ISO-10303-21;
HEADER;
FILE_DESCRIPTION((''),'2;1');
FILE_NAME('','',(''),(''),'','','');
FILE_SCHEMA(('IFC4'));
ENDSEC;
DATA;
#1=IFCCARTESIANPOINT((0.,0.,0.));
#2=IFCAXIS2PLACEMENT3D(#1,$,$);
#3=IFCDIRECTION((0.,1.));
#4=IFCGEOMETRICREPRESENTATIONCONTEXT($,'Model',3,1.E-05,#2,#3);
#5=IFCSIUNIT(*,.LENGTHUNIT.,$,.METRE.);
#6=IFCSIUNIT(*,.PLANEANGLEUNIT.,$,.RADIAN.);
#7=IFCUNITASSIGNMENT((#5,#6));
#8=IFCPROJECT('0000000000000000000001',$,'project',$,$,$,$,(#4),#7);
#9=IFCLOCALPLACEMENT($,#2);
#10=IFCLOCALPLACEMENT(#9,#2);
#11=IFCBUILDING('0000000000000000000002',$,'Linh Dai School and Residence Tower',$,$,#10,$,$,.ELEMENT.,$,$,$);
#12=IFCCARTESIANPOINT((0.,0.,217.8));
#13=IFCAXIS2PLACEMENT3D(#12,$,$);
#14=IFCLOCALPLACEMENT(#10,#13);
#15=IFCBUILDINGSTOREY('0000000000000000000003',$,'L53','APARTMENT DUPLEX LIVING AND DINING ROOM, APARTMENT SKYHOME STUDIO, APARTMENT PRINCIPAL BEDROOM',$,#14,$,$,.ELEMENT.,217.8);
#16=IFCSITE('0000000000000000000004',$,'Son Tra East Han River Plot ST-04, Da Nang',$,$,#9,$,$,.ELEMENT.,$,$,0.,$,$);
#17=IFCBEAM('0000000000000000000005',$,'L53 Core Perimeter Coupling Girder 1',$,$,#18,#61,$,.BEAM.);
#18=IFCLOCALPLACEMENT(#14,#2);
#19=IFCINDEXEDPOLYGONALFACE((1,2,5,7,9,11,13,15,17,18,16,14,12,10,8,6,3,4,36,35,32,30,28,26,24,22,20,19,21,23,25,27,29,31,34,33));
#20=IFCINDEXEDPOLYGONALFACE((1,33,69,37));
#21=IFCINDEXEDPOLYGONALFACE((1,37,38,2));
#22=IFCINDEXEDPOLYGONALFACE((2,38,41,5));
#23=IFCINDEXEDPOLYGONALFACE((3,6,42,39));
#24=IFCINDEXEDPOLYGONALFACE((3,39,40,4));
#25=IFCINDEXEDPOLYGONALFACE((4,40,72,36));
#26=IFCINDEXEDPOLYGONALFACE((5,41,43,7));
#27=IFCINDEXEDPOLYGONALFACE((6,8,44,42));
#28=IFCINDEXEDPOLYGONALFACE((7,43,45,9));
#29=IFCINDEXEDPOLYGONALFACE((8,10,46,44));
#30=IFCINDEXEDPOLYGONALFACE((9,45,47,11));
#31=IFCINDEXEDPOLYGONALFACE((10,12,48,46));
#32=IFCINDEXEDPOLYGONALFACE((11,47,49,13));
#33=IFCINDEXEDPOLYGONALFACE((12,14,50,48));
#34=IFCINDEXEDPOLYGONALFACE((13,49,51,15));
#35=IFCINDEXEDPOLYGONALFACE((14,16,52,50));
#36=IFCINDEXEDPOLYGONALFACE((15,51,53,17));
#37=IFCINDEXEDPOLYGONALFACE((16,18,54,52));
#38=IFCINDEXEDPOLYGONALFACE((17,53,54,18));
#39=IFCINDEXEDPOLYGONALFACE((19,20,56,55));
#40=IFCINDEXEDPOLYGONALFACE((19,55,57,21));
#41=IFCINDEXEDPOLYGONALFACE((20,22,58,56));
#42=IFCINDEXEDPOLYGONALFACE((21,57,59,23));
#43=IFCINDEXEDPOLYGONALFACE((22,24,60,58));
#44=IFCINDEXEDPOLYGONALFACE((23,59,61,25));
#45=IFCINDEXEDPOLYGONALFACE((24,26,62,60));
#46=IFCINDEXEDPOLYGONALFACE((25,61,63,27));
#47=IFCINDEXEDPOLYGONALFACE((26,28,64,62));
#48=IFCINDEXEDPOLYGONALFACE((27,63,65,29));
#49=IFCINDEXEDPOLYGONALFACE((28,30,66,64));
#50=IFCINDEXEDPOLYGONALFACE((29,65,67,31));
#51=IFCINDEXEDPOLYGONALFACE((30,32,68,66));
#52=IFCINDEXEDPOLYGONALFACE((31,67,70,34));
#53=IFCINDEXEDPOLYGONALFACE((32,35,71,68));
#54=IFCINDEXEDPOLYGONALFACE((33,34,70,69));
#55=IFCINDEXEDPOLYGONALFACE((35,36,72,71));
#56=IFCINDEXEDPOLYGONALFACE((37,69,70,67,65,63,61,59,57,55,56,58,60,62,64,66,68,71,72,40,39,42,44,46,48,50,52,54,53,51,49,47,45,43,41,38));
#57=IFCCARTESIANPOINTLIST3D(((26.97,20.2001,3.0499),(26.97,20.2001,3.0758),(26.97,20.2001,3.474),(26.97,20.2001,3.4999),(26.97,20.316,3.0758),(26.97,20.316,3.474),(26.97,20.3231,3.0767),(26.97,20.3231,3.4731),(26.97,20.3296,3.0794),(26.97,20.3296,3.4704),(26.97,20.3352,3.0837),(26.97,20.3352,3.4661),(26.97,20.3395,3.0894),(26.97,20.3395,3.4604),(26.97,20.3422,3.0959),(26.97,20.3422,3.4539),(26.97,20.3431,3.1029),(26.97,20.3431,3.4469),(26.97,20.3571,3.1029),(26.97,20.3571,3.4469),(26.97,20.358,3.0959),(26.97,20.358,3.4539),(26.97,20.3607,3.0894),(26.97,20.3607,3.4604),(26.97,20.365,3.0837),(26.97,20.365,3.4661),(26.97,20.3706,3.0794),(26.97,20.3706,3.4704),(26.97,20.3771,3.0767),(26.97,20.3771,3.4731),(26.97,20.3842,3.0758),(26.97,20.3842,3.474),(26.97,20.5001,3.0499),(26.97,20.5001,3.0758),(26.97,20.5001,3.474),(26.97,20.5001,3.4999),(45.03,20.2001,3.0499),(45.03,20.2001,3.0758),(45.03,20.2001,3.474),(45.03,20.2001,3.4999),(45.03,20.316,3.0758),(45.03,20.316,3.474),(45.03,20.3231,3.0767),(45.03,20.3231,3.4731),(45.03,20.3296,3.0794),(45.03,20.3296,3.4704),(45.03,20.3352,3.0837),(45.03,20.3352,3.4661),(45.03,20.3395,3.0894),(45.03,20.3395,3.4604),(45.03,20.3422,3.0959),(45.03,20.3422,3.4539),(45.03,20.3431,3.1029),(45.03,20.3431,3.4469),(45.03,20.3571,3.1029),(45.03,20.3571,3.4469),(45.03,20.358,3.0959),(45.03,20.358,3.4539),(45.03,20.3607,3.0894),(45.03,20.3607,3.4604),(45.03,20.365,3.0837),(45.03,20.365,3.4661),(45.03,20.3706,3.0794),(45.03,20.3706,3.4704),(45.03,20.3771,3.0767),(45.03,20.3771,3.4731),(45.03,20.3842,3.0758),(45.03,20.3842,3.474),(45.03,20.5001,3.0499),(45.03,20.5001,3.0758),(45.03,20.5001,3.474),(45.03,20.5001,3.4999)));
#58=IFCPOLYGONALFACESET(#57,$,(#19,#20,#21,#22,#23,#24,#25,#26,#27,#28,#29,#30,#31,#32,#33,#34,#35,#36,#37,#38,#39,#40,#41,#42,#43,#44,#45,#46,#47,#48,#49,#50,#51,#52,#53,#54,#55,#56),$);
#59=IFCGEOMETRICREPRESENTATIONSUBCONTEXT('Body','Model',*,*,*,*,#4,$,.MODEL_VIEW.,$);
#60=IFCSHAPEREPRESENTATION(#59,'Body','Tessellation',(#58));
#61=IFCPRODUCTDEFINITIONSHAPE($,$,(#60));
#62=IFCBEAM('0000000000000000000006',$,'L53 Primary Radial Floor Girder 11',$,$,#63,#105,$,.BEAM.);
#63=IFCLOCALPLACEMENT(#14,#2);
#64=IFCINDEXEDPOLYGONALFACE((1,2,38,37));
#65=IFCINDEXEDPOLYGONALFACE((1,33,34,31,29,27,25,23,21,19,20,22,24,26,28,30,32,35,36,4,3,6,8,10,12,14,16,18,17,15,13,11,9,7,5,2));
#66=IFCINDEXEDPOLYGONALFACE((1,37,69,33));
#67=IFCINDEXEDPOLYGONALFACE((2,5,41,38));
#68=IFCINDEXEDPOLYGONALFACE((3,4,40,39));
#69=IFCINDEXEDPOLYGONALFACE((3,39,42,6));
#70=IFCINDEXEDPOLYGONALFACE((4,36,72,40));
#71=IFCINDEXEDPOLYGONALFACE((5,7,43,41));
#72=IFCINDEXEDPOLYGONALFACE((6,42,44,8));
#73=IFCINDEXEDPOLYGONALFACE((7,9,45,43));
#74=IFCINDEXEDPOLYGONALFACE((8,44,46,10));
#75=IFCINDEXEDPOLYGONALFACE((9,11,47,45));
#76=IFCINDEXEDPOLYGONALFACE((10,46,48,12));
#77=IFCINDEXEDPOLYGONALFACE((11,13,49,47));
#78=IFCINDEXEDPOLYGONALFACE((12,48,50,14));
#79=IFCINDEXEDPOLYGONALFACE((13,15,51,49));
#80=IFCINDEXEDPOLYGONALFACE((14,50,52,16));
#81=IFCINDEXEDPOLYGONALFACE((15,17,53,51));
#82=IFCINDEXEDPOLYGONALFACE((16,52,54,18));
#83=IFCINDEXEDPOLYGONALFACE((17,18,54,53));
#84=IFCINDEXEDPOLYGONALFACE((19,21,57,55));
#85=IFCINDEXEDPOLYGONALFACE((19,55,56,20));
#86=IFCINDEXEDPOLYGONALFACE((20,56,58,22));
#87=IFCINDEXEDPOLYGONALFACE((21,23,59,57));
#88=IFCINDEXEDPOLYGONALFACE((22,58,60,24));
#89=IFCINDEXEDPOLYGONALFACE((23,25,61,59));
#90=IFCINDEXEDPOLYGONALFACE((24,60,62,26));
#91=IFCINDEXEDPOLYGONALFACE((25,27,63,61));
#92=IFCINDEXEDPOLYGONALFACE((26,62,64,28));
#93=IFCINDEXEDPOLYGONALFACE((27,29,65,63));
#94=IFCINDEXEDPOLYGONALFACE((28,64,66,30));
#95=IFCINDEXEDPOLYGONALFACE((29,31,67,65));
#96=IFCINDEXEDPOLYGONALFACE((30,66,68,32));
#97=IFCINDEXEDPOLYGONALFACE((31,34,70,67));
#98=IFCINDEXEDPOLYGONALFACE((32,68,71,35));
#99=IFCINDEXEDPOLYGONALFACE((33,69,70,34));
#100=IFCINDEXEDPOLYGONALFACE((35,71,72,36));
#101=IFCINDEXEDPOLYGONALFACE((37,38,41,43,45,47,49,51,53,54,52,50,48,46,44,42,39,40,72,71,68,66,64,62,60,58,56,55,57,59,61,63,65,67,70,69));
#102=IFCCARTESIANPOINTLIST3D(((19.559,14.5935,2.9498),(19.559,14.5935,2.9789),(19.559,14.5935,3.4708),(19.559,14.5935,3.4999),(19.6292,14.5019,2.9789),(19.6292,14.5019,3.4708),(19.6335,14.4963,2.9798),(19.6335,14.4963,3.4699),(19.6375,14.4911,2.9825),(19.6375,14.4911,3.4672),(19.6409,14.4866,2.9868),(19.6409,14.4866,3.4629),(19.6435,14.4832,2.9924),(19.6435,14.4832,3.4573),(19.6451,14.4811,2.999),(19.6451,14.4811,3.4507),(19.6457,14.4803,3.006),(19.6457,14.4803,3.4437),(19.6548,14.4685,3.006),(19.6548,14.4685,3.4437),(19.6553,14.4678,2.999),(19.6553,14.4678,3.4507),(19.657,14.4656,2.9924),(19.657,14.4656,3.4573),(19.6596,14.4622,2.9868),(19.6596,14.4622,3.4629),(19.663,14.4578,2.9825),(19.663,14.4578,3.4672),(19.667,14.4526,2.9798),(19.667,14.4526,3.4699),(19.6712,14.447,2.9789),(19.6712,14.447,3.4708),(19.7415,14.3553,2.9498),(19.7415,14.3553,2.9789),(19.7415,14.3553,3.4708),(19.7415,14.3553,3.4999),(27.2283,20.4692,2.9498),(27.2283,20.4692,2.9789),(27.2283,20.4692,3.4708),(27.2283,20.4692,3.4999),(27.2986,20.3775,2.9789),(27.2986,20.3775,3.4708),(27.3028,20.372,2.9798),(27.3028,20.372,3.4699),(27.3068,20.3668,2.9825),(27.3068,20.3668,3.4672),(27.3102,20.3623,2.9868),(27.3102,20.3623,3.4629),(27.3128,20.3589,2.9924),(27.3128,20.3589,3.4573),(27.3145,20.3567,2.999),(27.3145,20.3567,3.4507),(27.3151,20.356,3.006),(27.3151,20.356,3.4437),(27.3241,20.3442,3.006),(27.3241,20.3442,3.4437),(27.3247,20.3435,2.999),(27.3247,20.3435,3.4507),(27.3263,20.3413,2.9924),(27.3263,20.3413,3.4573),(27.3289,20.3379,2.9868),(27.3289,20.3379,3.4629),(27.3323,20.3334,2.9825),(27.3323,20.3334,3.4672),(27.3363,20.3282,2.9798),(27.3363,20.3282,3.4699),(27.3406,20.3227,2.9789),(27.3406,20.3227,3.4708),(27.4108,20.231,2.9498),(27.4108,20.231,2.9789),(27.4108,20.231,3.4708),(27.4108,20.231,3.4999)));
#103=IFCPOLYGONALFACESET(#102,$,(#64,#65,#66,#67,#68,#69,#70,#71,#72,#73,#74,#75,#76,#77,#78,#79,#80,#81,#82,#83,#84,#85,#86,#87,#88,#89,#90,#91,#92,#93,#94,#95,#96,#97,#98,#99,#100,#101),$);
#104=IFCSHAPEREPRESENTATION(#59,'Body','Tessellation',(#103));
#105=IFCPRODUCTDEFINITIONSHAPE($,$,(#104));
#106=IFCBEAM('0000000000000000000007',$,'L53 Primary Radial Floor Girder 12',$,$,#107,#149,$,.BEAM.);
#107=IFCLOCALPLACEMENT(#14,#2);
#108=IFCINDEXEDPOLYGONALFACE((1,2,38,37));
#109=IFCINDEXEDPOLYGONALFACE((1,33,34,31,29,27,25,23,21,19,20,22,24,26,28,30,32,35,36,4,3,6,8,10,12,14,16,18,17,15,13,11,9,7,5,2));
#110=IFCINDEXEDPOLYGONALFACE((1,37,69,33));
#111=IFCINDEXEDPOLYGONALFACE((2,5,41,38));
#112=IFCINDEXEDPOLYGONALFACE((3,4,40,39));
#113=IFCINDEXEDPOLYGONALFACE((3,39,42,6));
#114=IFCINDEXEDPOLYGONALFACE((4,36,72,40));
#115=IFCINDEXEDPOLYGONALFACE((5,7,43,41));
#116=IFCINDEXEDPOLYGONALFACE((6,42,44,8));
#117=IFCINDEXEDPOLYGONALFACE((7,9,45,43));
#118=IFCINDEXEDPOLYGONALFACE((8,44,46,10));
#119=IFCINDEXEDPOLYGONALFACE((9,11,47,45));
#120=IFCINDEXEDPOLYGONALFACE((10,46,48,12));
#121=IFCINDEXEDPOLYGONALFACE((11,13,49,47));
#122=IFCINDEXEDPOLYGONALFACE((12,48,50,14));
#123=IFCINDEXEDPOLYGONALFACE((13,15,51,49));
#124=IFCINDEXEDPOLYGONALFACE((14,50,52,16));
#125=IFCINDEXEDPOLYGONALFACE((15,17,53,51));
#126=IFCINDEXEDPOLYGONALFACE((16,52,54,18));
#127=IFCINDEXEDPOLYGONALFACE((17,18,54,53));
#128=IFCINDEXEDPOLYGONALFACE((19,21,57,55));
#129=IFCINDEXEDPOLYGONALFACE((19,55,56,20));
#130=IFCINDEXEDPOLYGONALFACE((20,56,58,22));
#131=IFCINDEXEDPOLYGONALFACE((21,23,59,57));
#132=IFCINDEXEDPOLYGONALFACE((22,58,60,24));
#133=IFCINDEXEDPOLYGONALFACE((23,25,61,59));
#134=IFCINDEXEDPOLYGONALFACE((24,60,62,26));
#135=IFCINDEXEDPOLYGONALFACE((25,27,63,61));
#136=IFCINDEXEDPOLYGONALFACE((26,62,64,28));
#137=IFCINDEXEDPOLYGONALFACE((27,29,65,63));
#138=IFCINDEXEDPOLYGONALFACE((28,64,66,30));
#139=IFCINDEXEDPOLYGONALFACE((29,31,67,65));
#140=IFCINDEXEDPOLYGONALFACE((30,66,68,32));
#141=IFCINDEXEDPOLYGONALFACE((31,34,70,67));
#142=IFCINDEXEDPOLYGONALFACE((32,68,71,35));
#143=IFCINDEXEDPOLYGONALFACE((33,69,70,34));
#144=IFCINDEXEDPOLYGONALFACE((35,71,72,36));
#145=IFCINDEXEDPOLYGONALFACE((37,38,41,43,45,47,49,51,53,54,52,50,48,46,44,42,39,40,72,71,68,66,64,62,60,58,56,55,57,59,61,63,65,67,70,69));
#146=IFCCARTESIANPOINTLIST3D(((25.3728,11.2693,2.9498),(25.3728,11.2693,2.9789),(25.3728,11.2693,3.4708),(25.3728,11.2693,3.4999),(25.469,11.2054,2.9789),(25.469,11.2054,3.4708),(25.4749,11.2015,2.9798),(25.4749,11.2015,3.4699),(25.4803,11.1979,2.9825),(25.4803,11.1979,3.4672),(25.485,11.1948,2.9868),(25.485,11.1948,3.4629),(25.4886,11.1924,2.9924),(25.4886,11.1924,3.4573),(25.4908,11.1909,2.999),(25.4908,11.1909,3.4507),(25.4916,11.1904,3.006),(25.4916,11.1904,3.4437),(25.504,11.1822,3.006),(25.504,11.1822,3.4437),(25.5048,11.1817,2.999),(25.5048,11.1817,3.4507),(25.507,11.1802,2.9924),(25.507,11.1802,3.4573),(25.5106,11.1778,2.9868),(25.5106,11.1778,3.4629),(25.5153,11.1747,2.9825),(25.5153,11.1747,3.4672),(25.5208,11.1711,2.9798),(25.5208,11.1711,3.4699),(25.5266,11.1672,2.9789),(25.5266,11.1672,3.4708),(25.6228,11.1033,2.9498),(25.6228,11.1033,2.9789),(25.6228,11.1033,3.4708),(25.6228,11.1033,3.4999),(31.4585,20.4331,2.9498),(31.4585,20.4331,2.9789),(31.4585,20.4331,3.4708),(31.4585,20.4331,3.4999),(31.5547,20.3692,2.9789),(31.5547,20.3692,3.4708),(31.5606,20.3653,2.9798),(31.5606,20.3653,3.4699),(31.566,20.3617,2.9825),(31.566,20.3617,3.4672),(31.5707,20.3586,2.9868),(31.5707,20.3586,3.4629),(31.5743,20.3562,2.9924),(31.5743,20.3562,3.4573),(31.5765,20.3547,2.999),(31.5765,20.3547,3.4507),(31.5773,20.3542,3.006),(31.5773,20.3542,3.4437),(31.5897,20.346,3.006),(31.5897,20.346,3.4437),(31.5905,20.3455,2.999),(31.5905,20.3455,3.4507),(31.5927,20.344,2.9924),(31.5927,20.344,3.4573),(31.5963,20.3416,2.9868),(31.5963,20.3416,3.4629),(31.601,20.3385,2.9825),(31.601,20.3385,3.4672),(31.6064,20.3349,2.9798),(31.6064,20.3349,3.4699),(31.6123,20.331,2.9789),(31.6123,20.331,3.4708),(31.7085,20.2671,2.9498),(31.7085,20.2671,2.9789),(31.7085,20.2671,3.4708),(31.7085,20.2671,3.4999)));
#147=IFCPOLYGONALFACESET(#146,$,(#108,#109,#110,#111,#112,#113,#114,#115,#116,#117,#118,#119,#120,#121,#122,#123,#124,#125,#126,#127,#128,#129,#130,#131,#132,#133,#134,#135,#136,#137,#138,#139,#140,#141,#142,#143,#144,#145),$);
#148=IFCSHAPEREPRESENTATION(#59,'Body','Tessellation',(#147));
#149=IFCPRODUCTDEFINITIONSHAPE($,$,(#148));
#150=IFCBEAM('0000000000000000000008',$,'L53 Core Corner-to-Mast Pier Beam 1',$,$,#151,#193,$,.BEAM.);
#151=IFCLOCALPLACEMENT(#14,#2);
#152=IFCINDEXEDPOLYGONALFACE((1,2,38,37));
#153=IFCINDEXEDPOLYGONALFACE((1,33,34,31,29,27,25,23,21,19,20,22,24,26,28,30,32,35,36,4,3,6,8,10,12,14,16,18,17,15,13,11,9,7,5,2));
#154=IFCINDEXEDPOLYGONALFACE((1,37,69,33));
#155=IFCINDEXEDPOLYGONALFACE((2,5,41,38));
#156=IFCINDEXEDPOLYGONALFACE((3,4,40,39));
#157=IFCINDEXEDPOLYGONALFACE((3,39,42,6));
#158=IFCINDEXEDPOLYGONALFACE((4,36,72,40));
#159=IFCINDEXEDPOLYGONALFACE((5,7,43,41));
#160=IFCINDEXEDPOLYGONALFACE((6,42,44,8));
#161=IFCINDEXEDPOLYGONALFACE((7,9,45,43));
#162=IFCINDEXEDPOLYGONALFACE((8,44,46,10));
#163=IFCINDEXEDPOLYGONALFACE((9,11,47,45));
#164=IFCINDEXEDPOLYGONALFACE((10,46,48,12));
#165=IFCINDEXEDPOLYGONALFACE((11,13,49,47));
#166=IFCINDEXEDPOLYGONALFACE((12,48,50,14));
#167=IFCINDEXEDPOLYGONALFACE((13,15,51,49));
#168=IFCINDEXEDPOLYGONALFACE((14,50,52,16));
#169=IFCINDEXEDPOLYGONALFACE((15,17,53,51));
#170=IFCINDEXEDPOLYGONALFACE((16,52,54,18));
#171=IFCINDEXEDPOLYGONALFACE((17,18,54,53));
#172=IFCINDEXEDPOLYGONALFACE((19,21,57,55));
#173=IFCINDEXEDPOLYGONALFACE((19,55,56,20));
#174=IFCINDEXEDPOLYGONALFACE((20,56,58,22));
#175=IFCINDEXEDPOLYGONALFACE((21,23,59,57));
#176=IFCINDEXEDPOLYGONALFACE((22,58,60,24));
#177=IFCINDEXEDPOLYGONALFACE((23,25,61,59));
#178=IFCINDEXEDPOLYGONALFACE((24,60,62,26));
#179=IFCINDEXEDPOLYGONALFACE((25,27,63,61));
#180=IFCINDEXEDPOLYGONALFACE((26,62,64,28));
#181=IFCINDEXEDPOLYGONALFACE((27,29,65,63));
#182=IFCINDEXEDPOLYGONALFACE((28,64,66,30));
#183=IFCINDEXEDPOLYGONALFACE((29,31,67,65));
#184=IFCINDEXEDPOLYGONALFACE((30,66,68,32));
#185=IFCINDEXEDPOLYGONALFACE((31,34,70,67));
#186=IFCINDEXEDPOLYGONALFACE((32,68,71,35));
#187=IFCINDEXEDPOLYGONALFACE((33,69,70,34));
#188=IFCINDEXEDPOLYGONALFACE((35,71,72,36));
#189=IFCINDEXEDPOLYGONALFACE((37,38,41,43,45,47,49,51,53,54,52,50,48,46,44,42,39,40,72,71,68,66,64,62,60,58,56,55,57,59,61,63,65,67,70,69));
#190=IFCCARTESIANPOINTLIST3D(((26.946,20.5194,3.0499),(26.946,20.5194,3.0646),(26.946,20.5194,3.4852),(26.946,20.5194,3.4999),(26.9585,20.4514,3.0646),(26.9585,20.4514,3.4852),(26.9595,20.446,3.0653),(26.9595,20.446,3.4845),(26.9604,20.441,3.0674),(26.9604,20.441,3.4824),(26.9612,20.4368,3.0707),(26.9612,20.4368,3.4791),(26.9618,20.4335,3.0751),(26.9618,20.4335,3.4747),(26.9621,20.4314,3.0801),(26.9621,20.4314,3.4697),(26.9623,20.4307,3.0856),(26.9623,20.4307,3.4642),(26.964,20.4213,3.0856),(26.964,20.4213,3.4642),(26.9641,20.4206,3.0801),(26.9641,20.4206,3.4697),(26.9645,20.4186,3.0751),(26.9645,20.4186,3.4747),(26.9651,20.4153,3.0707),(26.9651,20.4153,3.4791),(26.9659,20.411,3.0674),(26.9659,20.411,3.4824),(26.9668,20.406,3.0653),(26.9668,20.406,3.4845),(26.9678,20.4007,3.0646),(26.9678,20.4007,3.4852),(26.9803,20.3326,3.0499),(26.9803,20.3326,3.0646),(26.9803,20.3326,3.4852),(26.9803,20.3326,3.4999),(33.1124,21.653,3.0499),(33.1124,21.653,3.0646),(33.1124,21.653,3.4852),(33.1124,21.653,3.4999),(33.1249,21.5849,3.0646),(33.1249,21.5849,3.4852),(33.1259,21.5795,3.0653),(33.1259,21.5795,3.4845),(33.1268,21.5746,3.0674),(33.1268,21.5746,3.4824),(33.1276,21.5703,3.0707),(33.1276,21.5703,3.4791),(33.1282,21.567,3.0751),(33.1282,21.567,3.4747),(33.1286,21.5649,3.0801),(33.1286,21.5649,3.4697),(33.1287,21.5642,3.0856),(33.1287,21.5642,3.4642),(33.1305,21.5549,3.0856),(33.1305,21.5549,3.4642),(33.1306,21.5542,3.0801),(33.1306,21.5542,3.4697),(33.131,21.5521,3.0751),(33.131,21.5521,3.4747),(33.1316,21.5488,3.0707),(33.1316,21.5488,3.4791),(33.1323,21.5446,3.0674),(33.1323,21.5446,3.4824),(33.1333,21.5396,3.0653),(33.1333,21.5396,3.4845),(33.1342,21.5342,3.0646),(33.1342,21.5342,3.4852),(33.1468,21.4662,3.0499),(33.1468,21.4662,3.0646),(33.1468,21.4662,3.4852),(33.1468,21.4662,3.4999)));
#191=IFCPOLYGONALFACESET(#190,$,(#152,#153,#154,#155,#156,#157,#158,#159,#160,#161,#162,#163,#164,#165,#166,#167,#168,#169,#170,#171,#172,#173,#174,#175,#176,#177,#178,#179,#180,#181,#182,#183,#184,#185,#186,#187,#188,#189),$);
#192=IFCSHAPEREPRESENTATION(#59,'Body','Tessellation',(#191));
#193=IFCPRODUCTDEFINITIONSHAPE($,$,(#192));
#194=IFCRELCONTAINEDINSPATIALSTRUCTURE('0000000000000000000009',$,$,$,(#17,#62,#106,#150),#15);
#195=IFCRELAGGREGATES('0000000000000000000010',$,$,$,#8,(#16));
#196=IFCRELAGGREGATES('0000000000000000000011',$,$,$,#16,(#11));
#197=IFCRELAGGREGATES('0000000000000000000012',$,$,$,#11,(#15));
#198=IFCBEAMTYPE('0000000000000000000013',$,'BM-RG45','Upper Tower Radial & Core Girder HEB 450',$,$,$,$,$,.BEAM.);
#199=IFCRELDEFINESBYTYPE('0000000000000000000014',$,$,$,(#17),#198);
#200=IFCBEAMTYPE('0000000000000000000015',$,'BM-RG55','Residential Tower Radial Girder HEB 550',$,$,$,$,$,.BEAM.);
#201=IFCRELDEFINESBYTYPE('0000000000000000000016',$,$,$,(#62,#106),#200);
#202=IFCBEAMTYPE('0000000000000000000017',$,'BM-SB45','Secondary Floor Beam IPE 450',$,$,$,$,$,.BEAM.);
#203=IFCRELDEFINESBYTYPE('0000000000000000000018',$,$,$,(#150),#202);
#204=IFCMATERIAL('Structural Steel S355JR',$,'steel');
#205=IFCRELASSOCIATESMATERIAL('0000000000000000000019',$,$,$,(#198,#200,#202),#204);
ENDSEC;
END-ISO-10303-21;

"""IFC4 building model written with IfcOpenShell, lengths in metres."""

from ifc_helpers import new_model, si_unit, direction, frame, origin, origin_2d, place, context, subcontext, project, spatial, i_section, extrude, material, material_profile, profile_set, type_object, element, save


model = new_model("IFC4")

# Units and contexts
model_context = context("Model", 3, precision=1e-05, world=origin(), true_north=direction((0.0, 1.0)))
body_context = subcontext(model_context, "Body", "Model", "MODEL_VIEW")
ifc_project = project(units=[si_unit("LENGTHUNIT", "METRE"), si_unit("PLANEANGLEUNIT", "RADIAN")], contexts=[model_context])

# Site, building, storey
site_placement = place(None, origin())
site = spatial("IfcSite", under=ifc_project, at=site_placement, Name="Son Tra East Han River Plot ST-04, Da Nang", CompositionType="ELEMENT", RefElevation=0.0)
building_placement = place(site_placement, origin())
building = spatial("IfcBuilding", under=site, at=building_placement, Name="Linh Dai School and Residence Tower", CompositionType="ELEMENT")
storey_placement = place(building_placement, frame((0.0, 0.0, 217.8)))
storey = spatial("IfcBuildingStorey", under=building, at=storey_placement, Name="L53", Description="APARTMENT DUPLEX LIVING AND DINING ROOM, APARTMENT SKYHOME STUDIO, APARTMENT PRINCIPAL BEDROOM", CompositionType="ELEMENT", Elevation=217.8)

# Shared definitions
ifc_material_1 = material(Name="Structural Steel S355JR", Category="steel")

# Beams
ifc_material_profile_1 = material_profile(ifc_material_1, i_section(OverallWidth=0.3, OverallDepth=0.45, WebThickness=0.0139, FlangeThickness=0.0259, FilletRadius=0.0271, at=origin_2d()), Name="HEB 450")
ifc_profile_set_1 = profile_set([ifc_material_profile_1], Name="Structural Steel S355JR")
beam_type_1 = type_object("IfcBeamType", Name="BM-RG45", Description="Upper Tower Radial & Core Girder HEB 450", PredefinedType="BEAM", material=ifc_profile_set_1)
beam_1_placement = place(storey_placement, frame((26.97, 20.3501, 3.2749), z_axis=(1.0, 0.0, 0.0), x_axis=(0.0, 1.0, 0.0)))
element("IfcBeam", 1, at=beam_1_placement, inside=storey, type_object=beam_type_1, Name="L53 Core Perimeter Coupling Girder 1", PredefinedType="BEAM", context=body_context, shape_type="SweptSolid", body=[
    extrude(i_section(OverallWidth=0.3, OverallDepth=0.45, WebThickness=0.0139, FlangeThickness=0.0259, FilletRadius=0.0271, at=origin_2d()), origin(), (0.0, 0.0, 1.0), 18.0601),
])
ifc_material_profile_2 = material_profile(ifc_material_1, i_section(OverallWidth=0.3, OverallDepth=0.55, WebThickness=0.0149, FlangeThickness=0.0291, FilletRadius=0.0271, at=origin_2d()), Name="HEB 550")
ifc_profile_set_2 = profile_set([ifc_material_profile_2], Name="Structural Steel S355JR")
beam_type_2 = type_object("IfcBeamType", Name="BM-RG55", Description="Residential Tower Radial Girder HEB 550", PredefinedType="BEAM", material=ifc_profile_set_2)
beam_2_placement = place(storey_placement, frame((27.3196, 20.3501, 3.2249), z_axis=(-0.793815, -0.60816, 0.0), x_axis=(0.60816, -0.793815, 0.0)))
element("IfcBeam", 2, at=beam_2_placement, inside=storey, type_object=beam_type_2, Name="L53 Primary Radial Floor Girder 11", PredefinedType="BEAM", context=body_context, shape_type="SweptSolid", body=[
    extrude(i_section(OverallWidth=0.3, OverallDepth=0.55, WebThickness=0.0149, FlangeThickness=0.0291, FilletRadius=0.0271, at=origin_2d()), origin(), (0.0, 0.0, 1.0), 9.6614),
])
beam_3_placement = place(storey_placement, frame((31.5835, 20.3501, 3.2249), z_axis=(-0.553219, -0.833036, 0.0), x_axis=(0.833036, -0.553219, 0.0)))
element("IfcBeam", 3, at=beam_3_placement, inside=storey, type_object=beam_type_2, Name="L53 Primary Radial Floor Girder 12", PredefinedType="BEAM", context=body_context, shape_type="SweptSolid", body=[
    extrude(i_section(OverallWidth=0.3, OverallDepth=0.55, WebThickness=0.0149, FlangeThickness=0.0291, FilletRadius=0.0271, at=origin_2d()), origin(), (0.0, 0.0, 1.0), 11.0005),
])
ifc_material_profile_3 = material_profile(ifc_material_1, i_section(OverallWidth=0.1899, OverallDepth=0.45, WebThickness=0.0095, FlangeThickness=0.0146, FilletRadius=0.021, at=origin_2d()), Name="IPE 450")
ifc_profile_set_3 = profile_set([ifc_material_profile_3], Name="Structural Steel S355JR")
beam_type_3 = type_object("IfcBeamType", Name="BM-SB45", Description="Secondary Floor Beam IPE 450", PredefinedType="BEAM", material=ifc_profile_set_3)
beam_4_placement = place(storey_placement, frame((26.9631, 20.426, 3.2749), z_axis=(0.983521, 0.180794, 0.0), x_axis=(-0.180794, 0.983521, 0.0)))
element("IfcBeam", 4, at=beam_4_placement, inside=storey, type_object=beam_type_3, Name="L53 Core Corner-to-Mast Pier Beam 1", PredefinedType="BEAM", context=body_context, shape_type="SweptSolid", body=[
    extrude(i_section(OverallWidth=0.1899, OverallDepth=0.45, WebThickness=0.0095, FlangeThickness=0.0146, FilletRadius=0.021, at=origin_2d()), origin(), (0.0, 0.0, 1.0), 6.2698),
])

save(model, "model.ifc")
